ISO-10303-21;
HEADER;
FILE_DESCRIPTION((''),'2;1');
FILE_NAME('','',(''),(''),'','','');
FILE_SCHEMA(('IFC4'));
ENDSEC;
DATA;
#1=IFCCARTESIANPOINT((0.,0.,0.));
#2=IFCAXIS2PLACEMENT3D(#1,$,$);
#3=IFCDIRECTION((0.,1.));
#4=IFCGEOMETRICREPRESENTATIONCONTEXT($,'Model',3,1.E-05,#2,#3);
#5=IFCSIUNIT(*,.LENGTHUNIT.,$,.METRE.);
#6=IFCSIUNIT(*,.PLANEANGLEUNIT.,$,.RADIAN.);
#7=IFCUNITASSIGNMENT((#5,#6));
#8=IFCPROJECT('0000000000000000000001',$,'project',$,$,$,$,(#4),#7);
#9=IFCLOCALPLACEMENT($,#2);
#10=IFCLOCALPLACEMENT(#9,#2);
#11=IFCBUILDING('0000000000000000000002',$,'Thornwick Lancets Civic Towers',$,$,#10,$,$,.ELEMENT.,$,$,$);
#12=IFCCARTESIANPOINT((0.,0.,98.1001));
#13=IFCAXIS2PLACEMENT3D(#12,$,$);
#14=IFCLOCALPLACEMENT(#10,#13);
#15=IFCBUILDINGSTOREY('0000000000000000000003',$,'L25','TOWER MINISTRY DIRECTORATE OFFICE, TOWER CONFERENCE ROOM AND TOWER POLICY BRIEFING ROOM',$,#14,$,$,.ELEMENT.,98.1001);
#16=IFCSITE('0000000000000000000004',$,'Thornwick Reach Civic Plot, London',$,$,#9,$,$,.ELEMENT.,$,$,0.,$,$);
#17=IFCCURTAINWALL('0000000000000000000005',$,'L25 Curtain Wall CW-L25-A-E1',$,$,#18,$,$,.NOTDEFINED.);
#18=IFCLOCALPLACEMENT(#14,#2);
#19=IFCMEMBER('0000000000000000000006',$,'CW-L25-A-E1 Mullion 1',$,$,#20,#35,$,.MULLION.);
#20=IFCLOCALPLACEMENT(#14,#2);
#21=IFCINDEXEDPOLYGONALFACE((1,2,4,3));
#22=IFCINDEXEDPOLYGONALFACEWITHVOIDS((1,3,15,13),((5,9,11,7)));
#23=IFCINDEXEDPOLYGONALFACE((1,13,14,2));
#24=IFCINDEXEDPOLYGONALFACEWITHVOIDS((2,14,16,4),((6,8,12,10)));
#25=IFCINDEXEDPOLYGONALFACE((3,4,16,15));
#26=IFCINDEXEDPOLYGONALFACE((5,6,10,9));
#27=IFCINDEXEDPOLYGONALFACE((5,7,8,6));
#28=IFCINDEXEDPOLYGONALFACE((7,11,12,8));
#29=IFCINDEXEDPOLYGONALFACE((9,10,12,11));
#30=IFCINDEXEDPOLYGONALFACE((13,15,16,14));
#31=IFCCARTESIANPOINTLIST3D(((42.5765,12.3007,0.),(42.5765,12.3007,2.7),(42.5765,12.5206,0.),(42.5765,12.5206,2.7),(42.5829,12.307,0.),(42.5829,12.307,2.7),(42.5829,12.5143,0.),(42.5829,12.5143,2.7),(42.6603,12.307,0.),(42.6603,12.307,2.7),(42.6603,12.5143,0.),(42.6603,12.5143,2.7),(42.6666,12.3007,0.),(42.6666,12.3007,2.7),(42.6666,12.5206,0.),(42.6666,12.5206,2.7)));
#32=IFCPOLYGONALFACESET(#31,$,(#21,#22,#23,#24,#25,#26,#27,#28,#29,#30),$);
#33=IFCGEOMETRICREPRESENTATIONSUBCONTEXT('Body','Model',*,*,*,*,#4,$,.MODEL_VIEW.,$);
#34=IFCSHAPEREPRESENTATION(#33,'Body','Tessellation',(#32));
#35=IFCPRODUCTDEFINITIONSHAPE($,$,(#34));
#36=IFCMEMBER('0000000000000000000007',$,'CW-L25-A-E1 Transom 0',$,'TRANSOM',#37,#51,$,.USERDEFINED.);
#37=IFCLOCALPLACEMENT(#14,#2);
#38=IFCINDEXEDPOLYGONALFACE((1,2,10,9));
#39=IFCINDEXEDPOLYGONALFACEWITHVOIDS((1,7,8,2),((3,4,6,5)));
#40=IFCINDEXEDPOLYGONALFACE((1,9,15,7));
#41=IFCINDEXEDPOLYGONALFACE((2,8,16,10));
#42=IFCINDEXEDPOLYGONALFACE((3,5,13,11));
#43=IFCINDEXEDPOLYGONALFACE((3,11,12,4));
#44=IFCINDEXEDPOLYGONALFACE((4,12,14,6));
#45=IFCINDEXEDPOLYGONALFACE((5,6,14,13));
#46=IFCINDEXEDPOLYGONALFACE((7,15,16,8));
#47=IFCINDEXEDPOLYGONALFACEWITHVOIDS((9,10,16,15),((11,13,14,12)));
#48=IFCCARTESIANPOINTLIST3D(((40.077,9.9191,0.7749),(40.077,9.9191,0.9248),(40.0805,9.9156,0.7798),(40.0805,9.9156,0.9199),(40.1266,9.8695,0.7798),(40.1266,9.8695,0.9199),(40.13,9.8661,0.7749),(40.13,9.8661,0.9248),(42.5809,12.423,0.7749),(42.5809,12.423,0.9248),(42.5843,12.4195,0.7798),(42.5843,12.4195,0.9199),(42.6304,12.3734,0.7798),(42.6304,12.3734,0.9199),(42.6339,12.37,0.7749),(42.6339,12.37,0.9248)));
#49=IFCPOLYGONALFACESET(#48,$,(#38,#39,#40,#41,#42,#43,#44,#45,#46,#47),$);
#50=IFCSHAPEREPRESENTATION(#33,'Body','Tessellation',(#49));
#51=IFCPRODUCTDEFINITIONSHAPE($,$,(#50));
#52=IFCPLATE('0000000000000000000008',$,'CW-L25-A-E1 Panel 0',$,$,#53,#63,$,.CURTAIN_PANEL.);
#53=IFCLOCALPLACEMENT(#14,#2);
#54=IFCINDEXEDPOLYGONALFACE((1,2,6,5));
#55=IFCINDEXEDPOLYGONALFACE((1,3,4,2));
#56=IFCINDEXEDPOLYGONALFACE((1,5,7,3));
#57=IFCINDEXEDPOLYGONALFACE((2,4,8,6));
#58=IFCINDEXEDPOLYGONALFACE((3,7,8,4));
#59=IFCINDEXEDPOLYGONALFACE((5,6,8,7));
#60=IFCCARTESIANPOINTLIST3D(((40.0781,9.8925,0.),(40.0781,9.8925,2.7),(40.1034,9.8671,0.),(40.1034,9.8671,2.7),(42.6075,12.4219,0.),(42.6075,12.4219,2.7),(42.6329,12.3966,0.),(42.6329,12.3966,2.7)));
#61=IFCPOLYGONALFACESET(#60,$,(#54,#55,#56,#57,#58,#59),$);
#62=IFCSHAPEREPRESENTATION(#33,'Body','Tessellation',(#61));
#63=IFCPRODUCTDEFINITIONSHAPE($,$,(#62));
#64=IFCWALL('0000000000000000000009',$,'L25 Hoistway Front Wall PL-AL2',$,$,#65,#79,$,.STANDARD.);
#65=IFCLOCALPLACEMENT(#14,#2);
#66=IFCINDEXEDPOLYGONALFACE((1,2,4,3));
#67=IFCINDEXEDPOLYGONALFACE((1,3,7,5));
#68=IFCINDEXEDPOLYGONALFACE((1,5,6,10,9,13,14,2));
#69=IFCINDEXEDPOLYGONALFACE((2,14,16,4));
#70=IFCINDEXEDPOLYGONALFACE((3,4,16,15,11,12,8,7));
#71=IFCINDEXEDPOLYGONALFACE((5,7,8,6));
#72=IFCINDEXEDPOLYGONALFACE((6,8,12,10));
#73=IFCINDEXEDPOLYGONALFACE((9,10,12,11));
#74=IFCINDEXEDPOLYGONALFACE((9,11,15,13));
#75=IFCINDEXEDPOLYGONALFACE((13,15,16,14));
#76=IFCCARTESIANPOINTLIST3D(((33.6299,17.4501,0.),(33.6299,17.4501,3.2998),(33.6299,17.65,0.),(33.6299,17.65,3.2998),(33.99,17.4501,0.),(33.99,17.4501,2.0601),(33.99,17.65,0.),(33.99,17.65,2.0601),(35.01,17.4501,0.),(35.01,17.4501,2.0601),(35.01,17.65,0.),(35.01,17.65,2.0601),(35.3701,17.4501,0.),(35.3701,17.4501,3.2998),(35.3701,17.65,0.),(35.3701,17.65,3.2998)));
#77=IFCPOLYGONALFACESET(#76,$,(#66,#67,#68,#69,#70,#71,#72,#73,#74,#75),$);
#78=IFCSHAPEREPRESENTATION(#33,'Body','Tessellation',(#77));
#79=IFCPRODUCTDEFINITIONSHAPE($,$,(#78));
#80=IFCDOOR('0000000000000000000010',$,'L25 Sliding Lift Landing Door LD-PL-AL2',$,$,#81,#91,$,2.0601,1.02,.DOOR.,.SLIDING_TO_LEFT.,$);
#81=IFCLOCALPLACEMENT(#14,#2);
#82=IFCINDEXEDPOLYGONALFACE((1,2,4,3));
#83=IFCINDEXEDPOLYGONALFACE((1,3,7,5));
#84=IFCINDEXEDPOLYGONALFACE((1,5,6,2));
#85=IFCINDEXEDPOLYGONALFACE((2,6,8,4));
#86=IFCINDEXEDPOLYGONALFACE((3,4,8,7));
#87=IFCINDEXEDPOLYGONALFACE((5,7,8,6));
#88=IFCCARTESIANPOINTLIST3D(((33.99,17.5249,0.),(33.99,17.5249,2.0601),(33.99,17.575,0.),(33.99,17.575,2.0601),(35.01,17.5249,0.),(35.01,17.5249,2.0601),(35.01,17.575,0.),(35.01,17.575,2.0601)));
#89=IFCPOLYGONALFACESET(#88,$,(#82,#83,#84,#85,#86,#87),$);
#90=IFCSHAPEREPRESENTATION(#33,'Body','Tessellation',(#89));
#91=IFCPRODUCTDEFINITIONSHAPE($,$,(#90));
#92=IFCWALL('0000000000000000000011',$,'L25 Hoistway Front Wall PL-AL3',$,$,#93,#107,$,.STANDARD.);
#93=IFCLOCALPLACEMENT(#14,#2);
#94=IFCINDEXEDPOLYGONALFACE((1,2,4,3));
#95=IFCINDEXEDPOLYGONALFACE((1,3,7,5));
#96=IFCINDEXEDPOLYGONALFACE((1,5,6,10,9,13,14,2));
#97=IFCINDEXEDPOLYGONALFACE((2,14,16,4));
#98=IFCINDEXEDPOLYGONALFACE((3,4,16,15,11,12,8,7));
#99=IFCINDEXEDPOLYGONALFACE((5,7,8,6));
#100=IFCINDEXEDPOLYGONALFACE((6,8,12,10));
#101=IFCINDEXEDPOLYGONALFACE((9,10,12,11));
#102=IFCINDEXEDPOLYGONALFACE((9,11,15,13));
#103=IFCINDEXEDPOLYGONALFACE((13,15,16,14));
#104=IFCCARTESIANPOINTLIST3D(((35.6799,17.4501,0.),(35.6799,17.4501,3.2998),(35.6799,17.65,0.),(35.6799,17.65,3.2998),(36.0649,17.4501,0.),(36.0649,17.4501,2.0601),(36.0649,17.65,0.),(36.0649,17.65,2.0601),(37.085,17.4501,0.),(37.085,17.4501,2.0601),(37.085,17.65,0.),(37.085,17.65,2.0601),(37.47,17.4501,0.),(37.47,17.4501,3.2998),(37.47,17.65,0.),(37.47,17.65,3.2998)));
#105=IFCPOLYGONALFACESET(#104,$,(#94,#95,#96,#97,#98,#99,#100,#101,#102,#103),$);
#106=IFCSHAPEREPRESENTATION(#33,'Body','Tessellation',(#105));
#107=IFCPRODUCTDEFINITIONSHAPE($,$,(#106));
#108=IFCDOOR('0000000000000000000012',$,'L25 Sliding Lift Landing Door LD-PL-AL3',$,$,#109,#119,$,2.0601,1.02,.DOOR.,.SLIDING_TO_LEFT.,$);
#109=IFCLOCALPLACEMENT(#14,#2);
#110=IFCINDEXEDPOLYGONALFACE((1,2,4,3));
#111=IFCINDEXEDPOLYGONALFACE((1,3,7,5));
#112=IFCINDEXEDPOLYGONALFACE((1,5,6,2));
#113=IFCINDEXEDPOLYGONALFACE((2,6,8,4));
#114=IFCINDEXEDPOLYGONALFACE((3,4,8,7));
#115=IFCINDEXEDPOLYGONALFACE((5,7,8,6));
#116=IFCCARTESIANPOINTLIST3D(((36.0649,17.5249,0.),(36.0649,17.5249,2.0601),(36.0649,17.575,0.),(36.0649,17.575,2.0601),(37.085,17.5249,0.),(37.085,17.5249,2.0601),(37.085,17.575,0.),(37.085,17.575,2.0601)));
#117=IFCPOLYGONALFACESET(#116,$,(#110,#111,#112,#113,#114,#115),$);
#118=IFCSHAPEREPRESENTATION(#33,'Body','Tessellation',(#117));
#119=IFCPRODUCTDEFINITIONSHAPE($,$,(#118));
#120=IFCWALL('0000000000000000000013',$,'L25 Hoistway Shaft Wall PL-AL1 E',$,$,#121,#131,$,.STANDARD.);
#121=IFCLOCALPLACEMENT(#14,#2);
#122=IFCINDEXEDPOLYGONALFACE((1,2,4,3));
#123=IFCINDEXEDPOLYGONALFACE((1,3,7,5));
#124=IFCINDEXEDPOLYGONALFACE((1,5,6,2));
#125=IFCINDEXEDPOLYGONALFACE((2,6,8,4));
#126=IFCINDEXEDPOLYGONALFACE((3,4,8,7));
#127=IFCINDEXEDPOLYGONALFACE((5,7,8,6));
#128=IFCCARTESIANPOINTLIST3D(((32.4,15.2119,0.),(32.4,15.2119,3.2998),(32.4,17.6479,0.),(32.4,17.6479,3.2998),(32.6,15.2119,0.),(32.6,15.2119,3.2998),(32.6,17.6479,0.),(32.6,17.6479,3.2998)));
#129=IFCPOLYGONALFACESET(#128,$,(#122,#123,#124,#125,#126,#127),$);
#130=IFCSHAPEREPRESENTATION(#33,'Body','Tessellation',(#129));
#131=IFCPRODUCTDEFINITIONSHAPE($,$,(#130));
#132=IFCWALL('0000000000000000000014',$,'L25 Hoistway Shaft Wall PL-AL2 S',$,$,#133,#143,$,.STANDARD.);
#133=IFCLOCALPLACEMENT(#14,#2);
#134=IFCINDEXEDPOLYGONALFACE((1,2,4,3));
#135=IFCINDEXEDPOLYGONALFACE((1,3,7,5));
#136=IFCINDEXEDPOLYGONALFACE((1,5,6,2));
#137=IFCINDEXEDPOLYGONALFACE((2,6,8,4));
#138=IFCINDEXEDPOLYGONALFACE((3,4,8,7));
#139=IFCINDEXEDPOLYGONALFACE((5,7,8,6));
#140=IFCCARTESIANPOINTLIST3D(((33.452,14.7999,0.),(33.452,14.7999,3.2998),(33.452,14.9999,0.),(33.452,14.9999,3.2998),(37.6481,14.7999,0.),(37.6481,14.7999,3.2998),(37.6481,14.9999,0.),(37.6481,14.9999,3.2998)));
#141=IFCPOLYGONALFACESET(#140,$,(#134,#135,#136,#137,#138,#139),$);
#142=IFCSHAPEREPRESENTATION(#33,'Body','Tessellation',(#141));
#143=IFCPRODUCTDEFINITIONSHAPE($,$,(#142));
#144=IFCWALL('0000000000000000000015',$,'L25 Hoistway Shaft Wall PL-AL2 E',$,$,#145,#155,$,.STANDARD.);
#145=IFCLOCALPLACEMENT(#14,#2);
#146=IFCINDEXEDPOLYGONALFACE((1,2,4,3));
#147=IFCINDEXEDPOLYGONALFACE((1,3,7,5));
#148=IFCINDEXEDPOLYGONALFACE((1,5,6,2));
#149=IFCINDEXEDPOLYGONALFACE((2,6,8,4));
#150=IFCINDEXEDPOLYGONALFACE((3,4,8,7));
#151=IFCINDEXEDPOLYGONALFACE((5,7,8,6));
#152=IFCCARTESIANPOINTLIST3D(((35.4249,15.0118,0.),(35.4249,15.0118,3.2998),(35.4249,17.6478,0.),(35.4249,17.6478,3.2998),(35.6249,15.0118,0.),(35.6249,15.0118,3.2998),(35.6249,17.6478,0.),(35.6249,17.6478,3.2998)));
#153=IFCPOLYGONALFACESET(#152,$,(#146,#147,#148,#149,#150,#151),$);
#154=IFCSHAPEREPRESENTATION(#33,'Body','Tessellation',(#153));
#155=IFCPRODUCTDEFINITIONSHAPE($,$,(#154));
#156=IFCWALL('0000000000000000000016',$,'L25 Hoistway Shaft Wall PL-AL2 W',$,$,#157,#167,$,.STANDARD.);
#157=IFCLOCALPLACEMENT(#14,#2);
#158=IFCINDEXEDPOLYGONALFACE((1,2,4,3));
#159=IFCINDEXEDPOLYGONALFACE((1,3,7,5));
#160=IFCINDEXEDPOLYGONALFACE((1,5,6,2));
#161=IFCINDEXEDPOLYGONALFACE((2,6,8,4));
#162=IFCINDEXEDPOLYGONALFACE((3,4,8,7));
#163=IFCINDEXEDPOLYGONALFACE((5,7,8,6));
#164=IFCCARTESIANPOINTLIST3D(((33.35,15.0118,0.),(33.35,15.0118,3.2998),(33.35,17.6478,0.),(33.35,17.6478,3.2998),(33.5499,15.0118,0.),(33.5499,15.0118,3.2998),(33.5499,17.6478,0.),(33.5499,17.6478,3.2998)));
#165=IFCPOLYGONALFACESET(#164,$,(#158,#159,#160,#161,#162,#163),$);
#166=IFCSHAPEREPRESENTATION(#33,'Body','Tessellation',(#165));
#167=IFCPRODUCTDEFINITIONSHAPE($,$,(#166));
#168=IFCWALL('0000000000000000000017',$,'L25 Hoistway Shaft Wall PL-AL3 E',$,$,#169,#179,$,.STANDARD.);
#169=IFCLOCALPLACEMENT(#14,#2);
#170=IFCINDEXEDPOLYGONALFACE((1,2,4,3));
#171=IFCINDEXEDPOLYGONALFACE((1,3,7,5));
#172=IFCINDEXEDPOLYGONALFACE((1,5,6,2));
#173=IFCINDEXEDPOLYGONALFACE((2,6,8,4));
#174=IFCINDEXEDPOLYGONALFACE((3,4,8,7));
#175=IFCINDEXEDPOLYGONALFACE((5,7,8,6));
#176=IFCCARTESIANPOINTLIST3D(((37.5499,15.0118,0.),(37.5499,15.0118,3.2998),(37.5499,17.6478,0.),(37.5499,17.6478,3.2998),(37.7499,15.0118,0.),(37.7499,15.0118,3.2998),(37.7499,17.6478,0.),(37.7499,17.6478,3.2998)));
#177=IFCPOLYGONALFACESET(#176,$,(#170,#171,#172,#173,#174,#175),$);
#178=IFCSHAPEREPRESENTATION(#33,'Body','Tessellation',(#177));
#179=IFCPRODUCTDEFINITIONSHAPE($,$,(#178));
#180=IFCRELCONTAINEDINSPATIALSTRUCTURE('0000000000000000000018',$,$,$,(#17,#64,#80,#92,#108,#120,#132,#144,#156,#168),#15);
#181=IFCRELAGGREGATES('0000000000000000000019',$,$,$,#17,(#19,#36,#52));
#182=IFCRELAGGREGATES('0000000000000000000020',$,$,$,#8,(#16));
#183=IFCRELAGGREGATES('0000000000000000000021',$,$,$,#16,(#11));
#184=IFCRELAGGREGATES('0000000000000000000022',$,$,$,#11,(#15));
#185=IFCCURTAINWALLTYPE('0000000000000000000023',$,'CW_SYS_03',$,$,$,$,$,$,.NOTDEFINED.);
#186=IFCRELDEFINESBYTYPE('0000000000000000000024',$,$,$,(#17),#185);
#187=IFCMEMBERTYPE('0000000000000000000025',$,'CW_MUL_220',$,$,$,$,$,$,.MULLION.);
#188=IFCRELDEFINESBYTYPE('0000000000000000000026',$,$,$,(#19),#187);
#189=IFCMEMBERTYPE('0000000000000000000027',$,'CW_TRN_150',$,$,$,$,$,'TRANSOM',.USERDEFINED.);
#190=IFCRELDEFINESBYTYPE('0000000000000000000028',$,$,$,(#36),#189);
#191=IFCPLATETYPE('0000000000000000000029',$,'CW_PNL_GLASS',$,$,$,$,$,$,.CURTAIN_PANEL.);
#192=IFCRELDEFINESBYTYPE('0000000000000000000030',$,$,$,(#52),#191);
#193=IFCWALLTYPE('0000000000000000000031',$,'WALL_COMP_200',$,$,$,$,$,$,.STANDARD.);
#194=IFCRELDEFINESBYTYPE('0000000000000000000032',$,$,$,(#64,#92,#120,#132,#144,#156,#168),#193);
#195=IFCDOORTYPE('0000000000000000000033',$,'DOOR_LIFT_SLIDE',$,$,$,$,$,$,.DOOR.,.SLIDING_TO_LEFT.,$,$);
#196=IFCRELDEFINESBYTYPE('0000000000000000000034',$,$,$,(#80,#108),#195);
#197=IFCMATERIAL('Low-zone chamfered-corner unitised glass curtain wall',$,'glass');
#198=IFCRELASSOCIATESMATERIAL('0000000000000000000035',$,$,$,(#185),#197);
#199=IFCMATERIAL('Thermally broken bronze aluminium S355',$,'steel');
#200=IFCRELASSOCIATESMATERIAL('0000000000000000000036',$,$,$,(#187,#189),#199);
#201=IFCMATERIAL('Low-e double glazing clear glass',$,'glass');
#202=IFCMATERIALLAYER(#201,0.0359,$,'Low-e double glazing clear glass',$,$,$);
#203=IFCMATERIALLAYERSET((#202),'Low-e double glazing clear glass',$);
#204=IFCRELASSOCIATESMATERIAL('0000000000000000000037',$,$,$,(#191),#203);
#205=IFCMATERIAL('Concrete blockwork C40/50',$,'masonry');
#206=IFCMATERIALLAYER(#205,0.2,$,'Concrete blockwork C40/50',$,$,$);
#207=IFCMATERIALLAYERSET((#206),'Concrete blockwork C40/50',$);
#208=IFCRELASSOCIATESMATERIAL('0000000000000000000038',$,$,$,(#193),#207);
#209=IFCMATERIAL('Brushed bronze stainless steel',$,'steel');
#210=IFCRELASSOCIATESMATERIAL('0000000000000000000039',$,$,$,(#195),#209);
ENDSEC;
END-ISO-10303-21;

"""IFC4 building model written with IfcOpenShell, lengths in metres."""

from ifc_helpers import new_model, si_unit, direction, frame, frame_2d, origin, origin_2d, place, context, subcontext, project, spatial, rectangle, hollow_rectangle, extrude, material, layer, layer_set, material_profile, profile_set, type_object, element, fill, aggregate, save


model = new_model("IFC4")

# Units and contexts
model_context = context("Model", 3, precision=1e-05, world=origin(), true_north=direction((0.0, 1.0)))
body_context = subcontext(model_context, "Body", "Model", "MODEL_VIEW")
ifc_project = project(units=[si_unit("LENGTHUNIT", "METRE"), si_unit("PLANEANGLEUNIT", "RADIAN")], contexts=[model_context])

# Site, building, storey
site_placement = place(None, origin())
site = spatial("IfcSite", under=ifc_project, at=site_placement, Name="Thornwick Reach Civic Plot, London", CompositionType="ELEMENT", RefElevation=0.0)
building_placement = place(site_placement, origin())
building = spatial("IfcBuilding", under=site, at=building_placement, Name="Thornwick Lancets Civic Towers", CompositionType="ELEMENT")
storey_placement = place(building_placement, frame((0.0, 0.0, 98.1001)))
storey = spatial("IfcBuildingStorey", under=building, at=storey_placement, Name="L25", Description="TOWER MINISTRY DIRECTORATE OFFICE, TOWER CONFERENCE ROOM AND TOWER POLICY BRIEFING ROOM", CompositionType="ELEMENT", Elevation=98.1001)

# Curtain wall, members, plate
ifc_material_1 = material(Name="Low-zone chamfered-corner unitised glass curtain wall", Category="glass")
curtain_wall_type = type_object("IfcCurtainWallType", Name="CW_SYS_03", PredefinedType="NOTDEFINED", material=ifc_material_1)
curtain_wall_placement = place(storey_placement, origin())
curtain_wall = element("IfcCurtainWall", 1, at=curtain_wall_placement, inside=storey, type_object=curtain_wall_type, Name="L25 Curtain Wall CW-L25-A-E1", PredefinedType="NOTDEFINED")
ifc_material_2 = material(Name="Thermally broken bronze aluminium S355", Category="steel")
ifc_material_profile_1 = material_profile(ifc_material_2, hollow_rectangle(XDim=0.0901, YDim=0.22, WallThickness=0.0063, at=origin_2d()), Name="RHS 220x90x6.3")
ifc_profile_set_1 = profile_set([ifc_material_profile_1], Name="Thermally broken bronze aluminium S355")
member_type_1 = type_object("IfcMemberType", Name="CW_MUL_220", PredefinedType="MULLION", material=ifc_profile_set_1)
member_1_placement = place(storey_placement, frame((42.6216, 12.4106, 0.0), z_axis=(0.0, 0.0, 1.0), x_axis=(1.0, 0.0, 0.0)))
member_1 = element("IfcMember", 2, at=member_1_placement, type_object=member_type_1, Name="CW-L25-A-E1 Mullion 1", PredefinedType="MULLION", context=body_context, shape_type="SweptSolid", body=[
    extrude(hollow_rectangle(XDim=0.0901, YDim=0.22, WallThickness=0.0063, at=origin_2d()), origin(), (0.0, 0.0, 1.0), 2.7),
])
ifc_material_profile_2 = material_profile(ifc_material_2, hollow_rectangle(XDim=0.075, YDim=0.1499, WallThickness=0.0049, at=origin_2d()), Name="RHS 150x75x5")
ifc_profile_set_2 = profile_set([ifc_material_profile_2], Name="Thermally broken bronze aluminium S355")
member_type_2 = type_object("IfcMemberType", Name="CW_TRN_150", ElementType="TRANSOM", PredefinedType="USERDEFINED", material=ifc_profile_set_2)
member_2_placement = place(storey_placement, frame((40.1035, 9.8926, 0.8499), z_axis=(0.707107, 0.707107, 0.0), x_axis=(-0.707107, 0.707107, 0.0)))
member_2 = element("IfcMember", 3, at=member_2_placement, type_object=member_type_2, Name="CW-L25-A-E1 Transom 0", ObjectType="TRANSOM", PredefinedType="USERDEFINED", context=body_context, shape_type="SweptSolid", body=[
    extrude(hollow_rectangle(XDim=0.075, YDim=0.1499, WallThickness=0.0049, at=origin_2d()), origin(), (0.0, 0.0, 1.0), 3.541),
])
ifc_material_3 = material(Name="Low-e double glazing clear glass", Category="glass")
ifc_layer_1 = layer(ifc_material_3, 0.0359, Name="Low-e double glazing clear glass")
ifc_layer_set_1 = layer_set([ifc_layer_1], Name="Low-e double glazing clear glass")
plate_type = type_object("IfcPlateType", Name="CW_PNL_GLASS", PredefinedType="CURTAIN_PANEL", material=ifc_layer_set_1)
plate_placement = place(storey_placement, frame((41.3555, 11.1445, 0.0), z_axis=(0.0, 0.0, 1.0), x_axis=(0.707107, 0.707107, 0.0)))
plate = element("IfcPlate", 4, at=plate_placement, type_object=plate_type, Name="CW-L25-A-E1 Panel 0", PredefinedType="CURTAIN_PANEL", context=body_context, shape_type="SweptSolid", body=[
    extrude(rectangle(XDim=3.5771, YDim=0.0359, at=origin_2d()), origin(), (0.0, 0.0, 1.0), 2.7),
])
aggregate(curtain_wall, [member_1, member_2, plate])

# Walls, openings, doors
ifc_material_4 = material(Name="Concrete blockwork C40/50", Category="masonry")
ifc_layer_2 = layer(ifc_material_4, 0.2, Name="Concrete blockwork C40/50")
ifc_layer_set_2 = layer_set([ifc_layer_2], Name="Concrete blockwork C40/50")
wall_type_1 = type_object("IfcWallType", Name="WALL_COMP_200", PredefinedType="STANDARD", material=ifc_layer_set_2)
wall_1_placement = place(storey_placement, frame((33.6299, 17.55, 0.0), z_axis=(0.0, 0.0, 1.0), x_axis=(1.0, 0.0, 0.0)))
wall_1 = element("IfcWall", 5, at=wall_1_placement, inside=storey, type_object=wall_type_1, Name="L25 Hoistway Front Wall PL-AL2", PredefinedType="STANDARD", context=body_context, shape_type="SweptSolid", body=[
    extrude(rectangle(XDim=1.7402, YDim=0.2, at=frame_2d((0.8701, 0.0))), origin(), (0.0, 0.0, 1.0), 3.2998),
])
opening_1_placement = place(wall_1_placement, frame((0.3601, 0.0, 0.0)))
opening_1 = element("IfcOpeningElement", 6, at=opening_1_placement, cuts=wall_1, PredefinedType="OPENING", context=body_context, shape_type="SweptSolid", body=[
    extrude(rectangle(XDim=1.02, YDim=2.0601, at=frame_2d((0.51, 1.03))), frame((0.0, 0.1099, 0.0), z_axis=(0.0, -1.0, 0.0), x_axis=(1.0, 0.0, 0.0)), (0.0, 0.0, 1.0), 0.22),
])
ifc_material_5 = material(Name="Brushed bronze stainless steel", Category="steel")
door_type_1 = type_object("IfcDoorType", Name="DOOR_LIFT_SLIDE", OperationType="SLIDING_TO_LEFT", PredefinedType="DOOR", material=ifc_material_5)
door_1_placement = place(opening_1_placement, origin())
door_1 = element("IfcDoor", 7, at=door_1_placement, inside=storey, type_object=door_type_1, Name="L25 Sliding Lift Landing Door LD-PL-AL2", OperationType="SLIDING_TO_LEFT", OverallHeight=2.0601, OverallWidth=1.02, PredefinedType="DOOR", context=body_context, shape_type="SweptSolid", body=[
    extrude(rectangle(XDim=1.02, YDim=2.0601, at=frame_2d((0.51, 1.03))), frame((0.0, 0.0249, 0.0), z_axis=(0.0, -1.0, 0.0), x_axis=(1.0, 0.0, 0.0)), (0.0, 0.0, 1.0), 0.05),
])
fill(opening_1, door_1)
wall_2_placement = place(storey_placement, frame((35.6799, 17.55, 0.0), z_axis=(0.0, 0.0, 1.0), x_axis=(1.0, 0.0, 0.0)))
wall_2 = element("IfcWall", 8, at=wall_2_placement, inside=storey, type_object=wall_type_1, Name="L25 Hoistway Front Wall PL-AL3", PredefinedType="STANDARD", context=body_context, shape_type="SweptSolid", body=[
    extrude(rectangle(XDim=1.79, YDim=0.2, at=frame_2d((0.895, 0.0))), origin(), (0.0, 0.0, 1.0), 3.2998),
])
opening_2_placement = place(wall_2_placement, frame((0.385, 0.0, 0.0)))
opening_2 = element("IfcOpeningElement", 9, at=opening_2_placement, cuts=wall_2, PredefinedType="OPENING", context=body_context, shape_type="SweptSolid", body=[
    extrude(rectangle(XDim=1.02, YDim=2.0601, at=frame_2d((0.51, 1.03))), frame((0.0, 0.1099, 0.0), z_axis=(0.0, -1.0, 0.0), x_axis=(1.0, 0.0, 0.0)), (0.0, 0.0, 1.0), 0.22),
])
door_2_placement = place(opening_2_placement, origin())
door_2 = element("IfcDoor", 10, at=door_2_placement, inside=storey, type_object=door_type_1, Name="L25 Sliding Lift Landing Door LD-PL-AL3", OperationType="SLIDING_TO_LEFT", OverallHeight=2.0601, OverallWidth=1.02, PredefinedType="DOOR", context=body_context, shape_type="SweptSolid", body=[
    extrude(rectangle(XDim=1.02, YDim=2.0601, at=frame_2d((0.51, 1.03))), frame((0.0, 0.0249, 0.0), z_axis=(0.0, -1.0, 0.0), x_axis=(1.0, 0.0, 0.0)), (0.0, 0.0, 1.0), 0.05),
])
fill(opening_2, door_2)

# Walls
wall_3_placement = place(storey_placement, frame((32.5, 15.2119, 0.0), z_axis=(0.0, 0.0, 1.0), x_axis=(0.0, 1.0, 0.0)))
element("IfcWall", 11, at=wall_3_placement, inside=storey, type_object=wall_type_1, Name="L25 Hoistway Shaft Wall PL-AL1 E", PredefinedType="STANDARD", context=body_context, shape_type="SweptSolid", body=[
    extrude(rectangle(XDim=2.436, YDim=0.2, at=frame_2d((1.218, 0.0))), origin(), (0.0, 0.0, 1.0), 3.2998),
])
wall_4_placement = place(storey_placement, frame((33.4519, 14.8999, 0.0), z_axis=(0.0, 0.0, 1.0), x_axis=(1.0, 0.0, 0.0)))
element("IfcWall", 12, at=wall_4_placement, inside=storey, type_object=wall_type_1, Name="L25 Hoistway Shaft Wall PL-AL2 S", PredefinedType="STANDARD", context=body_context, shape_type="SweptSolid", body=[
    extrude(rectangle(XDim=4.196, YDim=0.2, at=frame_2d((2.0981, 0.0))), origin(), (0.0, 0.0, 1.0), 3.2998),
])
for number, where, z_axis, x_axis, name in (
    (13, (35.5249, 15.012, 0.0), (0.0, 0.0, 1.0), (0.0, 1.0, 0.0), "L25 Hoistway Shaft Wall PL-AL2 E"),
    (14, (33.45, 15.012, 0.0), (0.0, 0.0, 1.0), (0.0, 1.0, 0.0), "L25 Hoistway Shaft Wall PL-AL2 W"),
    (15, (37.6499, 15.012, 0.0), (0.0, 0.0, 1.0), (0.0, 1.0, 0.0), "L25 Hoistway Shaft Wall PL-AL3 E"),
):
    element("IfcWall", number, at=place(storey_placement, frame(where, z_axis=z_axis, x_axis=x_axis)), inside=storey, type_object=wall_type_1, Name=name, PredefinedType="STANDARD", context=body_context, shape_type="SweptSolid", body=[
        extrude(rectangle(XDim=2.636, YDim=0.2, at=frame_2d((1.3179, 0.0))), origin(), (0.0, 0.0, 1.0), 3.2998),
    ])

save(model, "model.ifc")
